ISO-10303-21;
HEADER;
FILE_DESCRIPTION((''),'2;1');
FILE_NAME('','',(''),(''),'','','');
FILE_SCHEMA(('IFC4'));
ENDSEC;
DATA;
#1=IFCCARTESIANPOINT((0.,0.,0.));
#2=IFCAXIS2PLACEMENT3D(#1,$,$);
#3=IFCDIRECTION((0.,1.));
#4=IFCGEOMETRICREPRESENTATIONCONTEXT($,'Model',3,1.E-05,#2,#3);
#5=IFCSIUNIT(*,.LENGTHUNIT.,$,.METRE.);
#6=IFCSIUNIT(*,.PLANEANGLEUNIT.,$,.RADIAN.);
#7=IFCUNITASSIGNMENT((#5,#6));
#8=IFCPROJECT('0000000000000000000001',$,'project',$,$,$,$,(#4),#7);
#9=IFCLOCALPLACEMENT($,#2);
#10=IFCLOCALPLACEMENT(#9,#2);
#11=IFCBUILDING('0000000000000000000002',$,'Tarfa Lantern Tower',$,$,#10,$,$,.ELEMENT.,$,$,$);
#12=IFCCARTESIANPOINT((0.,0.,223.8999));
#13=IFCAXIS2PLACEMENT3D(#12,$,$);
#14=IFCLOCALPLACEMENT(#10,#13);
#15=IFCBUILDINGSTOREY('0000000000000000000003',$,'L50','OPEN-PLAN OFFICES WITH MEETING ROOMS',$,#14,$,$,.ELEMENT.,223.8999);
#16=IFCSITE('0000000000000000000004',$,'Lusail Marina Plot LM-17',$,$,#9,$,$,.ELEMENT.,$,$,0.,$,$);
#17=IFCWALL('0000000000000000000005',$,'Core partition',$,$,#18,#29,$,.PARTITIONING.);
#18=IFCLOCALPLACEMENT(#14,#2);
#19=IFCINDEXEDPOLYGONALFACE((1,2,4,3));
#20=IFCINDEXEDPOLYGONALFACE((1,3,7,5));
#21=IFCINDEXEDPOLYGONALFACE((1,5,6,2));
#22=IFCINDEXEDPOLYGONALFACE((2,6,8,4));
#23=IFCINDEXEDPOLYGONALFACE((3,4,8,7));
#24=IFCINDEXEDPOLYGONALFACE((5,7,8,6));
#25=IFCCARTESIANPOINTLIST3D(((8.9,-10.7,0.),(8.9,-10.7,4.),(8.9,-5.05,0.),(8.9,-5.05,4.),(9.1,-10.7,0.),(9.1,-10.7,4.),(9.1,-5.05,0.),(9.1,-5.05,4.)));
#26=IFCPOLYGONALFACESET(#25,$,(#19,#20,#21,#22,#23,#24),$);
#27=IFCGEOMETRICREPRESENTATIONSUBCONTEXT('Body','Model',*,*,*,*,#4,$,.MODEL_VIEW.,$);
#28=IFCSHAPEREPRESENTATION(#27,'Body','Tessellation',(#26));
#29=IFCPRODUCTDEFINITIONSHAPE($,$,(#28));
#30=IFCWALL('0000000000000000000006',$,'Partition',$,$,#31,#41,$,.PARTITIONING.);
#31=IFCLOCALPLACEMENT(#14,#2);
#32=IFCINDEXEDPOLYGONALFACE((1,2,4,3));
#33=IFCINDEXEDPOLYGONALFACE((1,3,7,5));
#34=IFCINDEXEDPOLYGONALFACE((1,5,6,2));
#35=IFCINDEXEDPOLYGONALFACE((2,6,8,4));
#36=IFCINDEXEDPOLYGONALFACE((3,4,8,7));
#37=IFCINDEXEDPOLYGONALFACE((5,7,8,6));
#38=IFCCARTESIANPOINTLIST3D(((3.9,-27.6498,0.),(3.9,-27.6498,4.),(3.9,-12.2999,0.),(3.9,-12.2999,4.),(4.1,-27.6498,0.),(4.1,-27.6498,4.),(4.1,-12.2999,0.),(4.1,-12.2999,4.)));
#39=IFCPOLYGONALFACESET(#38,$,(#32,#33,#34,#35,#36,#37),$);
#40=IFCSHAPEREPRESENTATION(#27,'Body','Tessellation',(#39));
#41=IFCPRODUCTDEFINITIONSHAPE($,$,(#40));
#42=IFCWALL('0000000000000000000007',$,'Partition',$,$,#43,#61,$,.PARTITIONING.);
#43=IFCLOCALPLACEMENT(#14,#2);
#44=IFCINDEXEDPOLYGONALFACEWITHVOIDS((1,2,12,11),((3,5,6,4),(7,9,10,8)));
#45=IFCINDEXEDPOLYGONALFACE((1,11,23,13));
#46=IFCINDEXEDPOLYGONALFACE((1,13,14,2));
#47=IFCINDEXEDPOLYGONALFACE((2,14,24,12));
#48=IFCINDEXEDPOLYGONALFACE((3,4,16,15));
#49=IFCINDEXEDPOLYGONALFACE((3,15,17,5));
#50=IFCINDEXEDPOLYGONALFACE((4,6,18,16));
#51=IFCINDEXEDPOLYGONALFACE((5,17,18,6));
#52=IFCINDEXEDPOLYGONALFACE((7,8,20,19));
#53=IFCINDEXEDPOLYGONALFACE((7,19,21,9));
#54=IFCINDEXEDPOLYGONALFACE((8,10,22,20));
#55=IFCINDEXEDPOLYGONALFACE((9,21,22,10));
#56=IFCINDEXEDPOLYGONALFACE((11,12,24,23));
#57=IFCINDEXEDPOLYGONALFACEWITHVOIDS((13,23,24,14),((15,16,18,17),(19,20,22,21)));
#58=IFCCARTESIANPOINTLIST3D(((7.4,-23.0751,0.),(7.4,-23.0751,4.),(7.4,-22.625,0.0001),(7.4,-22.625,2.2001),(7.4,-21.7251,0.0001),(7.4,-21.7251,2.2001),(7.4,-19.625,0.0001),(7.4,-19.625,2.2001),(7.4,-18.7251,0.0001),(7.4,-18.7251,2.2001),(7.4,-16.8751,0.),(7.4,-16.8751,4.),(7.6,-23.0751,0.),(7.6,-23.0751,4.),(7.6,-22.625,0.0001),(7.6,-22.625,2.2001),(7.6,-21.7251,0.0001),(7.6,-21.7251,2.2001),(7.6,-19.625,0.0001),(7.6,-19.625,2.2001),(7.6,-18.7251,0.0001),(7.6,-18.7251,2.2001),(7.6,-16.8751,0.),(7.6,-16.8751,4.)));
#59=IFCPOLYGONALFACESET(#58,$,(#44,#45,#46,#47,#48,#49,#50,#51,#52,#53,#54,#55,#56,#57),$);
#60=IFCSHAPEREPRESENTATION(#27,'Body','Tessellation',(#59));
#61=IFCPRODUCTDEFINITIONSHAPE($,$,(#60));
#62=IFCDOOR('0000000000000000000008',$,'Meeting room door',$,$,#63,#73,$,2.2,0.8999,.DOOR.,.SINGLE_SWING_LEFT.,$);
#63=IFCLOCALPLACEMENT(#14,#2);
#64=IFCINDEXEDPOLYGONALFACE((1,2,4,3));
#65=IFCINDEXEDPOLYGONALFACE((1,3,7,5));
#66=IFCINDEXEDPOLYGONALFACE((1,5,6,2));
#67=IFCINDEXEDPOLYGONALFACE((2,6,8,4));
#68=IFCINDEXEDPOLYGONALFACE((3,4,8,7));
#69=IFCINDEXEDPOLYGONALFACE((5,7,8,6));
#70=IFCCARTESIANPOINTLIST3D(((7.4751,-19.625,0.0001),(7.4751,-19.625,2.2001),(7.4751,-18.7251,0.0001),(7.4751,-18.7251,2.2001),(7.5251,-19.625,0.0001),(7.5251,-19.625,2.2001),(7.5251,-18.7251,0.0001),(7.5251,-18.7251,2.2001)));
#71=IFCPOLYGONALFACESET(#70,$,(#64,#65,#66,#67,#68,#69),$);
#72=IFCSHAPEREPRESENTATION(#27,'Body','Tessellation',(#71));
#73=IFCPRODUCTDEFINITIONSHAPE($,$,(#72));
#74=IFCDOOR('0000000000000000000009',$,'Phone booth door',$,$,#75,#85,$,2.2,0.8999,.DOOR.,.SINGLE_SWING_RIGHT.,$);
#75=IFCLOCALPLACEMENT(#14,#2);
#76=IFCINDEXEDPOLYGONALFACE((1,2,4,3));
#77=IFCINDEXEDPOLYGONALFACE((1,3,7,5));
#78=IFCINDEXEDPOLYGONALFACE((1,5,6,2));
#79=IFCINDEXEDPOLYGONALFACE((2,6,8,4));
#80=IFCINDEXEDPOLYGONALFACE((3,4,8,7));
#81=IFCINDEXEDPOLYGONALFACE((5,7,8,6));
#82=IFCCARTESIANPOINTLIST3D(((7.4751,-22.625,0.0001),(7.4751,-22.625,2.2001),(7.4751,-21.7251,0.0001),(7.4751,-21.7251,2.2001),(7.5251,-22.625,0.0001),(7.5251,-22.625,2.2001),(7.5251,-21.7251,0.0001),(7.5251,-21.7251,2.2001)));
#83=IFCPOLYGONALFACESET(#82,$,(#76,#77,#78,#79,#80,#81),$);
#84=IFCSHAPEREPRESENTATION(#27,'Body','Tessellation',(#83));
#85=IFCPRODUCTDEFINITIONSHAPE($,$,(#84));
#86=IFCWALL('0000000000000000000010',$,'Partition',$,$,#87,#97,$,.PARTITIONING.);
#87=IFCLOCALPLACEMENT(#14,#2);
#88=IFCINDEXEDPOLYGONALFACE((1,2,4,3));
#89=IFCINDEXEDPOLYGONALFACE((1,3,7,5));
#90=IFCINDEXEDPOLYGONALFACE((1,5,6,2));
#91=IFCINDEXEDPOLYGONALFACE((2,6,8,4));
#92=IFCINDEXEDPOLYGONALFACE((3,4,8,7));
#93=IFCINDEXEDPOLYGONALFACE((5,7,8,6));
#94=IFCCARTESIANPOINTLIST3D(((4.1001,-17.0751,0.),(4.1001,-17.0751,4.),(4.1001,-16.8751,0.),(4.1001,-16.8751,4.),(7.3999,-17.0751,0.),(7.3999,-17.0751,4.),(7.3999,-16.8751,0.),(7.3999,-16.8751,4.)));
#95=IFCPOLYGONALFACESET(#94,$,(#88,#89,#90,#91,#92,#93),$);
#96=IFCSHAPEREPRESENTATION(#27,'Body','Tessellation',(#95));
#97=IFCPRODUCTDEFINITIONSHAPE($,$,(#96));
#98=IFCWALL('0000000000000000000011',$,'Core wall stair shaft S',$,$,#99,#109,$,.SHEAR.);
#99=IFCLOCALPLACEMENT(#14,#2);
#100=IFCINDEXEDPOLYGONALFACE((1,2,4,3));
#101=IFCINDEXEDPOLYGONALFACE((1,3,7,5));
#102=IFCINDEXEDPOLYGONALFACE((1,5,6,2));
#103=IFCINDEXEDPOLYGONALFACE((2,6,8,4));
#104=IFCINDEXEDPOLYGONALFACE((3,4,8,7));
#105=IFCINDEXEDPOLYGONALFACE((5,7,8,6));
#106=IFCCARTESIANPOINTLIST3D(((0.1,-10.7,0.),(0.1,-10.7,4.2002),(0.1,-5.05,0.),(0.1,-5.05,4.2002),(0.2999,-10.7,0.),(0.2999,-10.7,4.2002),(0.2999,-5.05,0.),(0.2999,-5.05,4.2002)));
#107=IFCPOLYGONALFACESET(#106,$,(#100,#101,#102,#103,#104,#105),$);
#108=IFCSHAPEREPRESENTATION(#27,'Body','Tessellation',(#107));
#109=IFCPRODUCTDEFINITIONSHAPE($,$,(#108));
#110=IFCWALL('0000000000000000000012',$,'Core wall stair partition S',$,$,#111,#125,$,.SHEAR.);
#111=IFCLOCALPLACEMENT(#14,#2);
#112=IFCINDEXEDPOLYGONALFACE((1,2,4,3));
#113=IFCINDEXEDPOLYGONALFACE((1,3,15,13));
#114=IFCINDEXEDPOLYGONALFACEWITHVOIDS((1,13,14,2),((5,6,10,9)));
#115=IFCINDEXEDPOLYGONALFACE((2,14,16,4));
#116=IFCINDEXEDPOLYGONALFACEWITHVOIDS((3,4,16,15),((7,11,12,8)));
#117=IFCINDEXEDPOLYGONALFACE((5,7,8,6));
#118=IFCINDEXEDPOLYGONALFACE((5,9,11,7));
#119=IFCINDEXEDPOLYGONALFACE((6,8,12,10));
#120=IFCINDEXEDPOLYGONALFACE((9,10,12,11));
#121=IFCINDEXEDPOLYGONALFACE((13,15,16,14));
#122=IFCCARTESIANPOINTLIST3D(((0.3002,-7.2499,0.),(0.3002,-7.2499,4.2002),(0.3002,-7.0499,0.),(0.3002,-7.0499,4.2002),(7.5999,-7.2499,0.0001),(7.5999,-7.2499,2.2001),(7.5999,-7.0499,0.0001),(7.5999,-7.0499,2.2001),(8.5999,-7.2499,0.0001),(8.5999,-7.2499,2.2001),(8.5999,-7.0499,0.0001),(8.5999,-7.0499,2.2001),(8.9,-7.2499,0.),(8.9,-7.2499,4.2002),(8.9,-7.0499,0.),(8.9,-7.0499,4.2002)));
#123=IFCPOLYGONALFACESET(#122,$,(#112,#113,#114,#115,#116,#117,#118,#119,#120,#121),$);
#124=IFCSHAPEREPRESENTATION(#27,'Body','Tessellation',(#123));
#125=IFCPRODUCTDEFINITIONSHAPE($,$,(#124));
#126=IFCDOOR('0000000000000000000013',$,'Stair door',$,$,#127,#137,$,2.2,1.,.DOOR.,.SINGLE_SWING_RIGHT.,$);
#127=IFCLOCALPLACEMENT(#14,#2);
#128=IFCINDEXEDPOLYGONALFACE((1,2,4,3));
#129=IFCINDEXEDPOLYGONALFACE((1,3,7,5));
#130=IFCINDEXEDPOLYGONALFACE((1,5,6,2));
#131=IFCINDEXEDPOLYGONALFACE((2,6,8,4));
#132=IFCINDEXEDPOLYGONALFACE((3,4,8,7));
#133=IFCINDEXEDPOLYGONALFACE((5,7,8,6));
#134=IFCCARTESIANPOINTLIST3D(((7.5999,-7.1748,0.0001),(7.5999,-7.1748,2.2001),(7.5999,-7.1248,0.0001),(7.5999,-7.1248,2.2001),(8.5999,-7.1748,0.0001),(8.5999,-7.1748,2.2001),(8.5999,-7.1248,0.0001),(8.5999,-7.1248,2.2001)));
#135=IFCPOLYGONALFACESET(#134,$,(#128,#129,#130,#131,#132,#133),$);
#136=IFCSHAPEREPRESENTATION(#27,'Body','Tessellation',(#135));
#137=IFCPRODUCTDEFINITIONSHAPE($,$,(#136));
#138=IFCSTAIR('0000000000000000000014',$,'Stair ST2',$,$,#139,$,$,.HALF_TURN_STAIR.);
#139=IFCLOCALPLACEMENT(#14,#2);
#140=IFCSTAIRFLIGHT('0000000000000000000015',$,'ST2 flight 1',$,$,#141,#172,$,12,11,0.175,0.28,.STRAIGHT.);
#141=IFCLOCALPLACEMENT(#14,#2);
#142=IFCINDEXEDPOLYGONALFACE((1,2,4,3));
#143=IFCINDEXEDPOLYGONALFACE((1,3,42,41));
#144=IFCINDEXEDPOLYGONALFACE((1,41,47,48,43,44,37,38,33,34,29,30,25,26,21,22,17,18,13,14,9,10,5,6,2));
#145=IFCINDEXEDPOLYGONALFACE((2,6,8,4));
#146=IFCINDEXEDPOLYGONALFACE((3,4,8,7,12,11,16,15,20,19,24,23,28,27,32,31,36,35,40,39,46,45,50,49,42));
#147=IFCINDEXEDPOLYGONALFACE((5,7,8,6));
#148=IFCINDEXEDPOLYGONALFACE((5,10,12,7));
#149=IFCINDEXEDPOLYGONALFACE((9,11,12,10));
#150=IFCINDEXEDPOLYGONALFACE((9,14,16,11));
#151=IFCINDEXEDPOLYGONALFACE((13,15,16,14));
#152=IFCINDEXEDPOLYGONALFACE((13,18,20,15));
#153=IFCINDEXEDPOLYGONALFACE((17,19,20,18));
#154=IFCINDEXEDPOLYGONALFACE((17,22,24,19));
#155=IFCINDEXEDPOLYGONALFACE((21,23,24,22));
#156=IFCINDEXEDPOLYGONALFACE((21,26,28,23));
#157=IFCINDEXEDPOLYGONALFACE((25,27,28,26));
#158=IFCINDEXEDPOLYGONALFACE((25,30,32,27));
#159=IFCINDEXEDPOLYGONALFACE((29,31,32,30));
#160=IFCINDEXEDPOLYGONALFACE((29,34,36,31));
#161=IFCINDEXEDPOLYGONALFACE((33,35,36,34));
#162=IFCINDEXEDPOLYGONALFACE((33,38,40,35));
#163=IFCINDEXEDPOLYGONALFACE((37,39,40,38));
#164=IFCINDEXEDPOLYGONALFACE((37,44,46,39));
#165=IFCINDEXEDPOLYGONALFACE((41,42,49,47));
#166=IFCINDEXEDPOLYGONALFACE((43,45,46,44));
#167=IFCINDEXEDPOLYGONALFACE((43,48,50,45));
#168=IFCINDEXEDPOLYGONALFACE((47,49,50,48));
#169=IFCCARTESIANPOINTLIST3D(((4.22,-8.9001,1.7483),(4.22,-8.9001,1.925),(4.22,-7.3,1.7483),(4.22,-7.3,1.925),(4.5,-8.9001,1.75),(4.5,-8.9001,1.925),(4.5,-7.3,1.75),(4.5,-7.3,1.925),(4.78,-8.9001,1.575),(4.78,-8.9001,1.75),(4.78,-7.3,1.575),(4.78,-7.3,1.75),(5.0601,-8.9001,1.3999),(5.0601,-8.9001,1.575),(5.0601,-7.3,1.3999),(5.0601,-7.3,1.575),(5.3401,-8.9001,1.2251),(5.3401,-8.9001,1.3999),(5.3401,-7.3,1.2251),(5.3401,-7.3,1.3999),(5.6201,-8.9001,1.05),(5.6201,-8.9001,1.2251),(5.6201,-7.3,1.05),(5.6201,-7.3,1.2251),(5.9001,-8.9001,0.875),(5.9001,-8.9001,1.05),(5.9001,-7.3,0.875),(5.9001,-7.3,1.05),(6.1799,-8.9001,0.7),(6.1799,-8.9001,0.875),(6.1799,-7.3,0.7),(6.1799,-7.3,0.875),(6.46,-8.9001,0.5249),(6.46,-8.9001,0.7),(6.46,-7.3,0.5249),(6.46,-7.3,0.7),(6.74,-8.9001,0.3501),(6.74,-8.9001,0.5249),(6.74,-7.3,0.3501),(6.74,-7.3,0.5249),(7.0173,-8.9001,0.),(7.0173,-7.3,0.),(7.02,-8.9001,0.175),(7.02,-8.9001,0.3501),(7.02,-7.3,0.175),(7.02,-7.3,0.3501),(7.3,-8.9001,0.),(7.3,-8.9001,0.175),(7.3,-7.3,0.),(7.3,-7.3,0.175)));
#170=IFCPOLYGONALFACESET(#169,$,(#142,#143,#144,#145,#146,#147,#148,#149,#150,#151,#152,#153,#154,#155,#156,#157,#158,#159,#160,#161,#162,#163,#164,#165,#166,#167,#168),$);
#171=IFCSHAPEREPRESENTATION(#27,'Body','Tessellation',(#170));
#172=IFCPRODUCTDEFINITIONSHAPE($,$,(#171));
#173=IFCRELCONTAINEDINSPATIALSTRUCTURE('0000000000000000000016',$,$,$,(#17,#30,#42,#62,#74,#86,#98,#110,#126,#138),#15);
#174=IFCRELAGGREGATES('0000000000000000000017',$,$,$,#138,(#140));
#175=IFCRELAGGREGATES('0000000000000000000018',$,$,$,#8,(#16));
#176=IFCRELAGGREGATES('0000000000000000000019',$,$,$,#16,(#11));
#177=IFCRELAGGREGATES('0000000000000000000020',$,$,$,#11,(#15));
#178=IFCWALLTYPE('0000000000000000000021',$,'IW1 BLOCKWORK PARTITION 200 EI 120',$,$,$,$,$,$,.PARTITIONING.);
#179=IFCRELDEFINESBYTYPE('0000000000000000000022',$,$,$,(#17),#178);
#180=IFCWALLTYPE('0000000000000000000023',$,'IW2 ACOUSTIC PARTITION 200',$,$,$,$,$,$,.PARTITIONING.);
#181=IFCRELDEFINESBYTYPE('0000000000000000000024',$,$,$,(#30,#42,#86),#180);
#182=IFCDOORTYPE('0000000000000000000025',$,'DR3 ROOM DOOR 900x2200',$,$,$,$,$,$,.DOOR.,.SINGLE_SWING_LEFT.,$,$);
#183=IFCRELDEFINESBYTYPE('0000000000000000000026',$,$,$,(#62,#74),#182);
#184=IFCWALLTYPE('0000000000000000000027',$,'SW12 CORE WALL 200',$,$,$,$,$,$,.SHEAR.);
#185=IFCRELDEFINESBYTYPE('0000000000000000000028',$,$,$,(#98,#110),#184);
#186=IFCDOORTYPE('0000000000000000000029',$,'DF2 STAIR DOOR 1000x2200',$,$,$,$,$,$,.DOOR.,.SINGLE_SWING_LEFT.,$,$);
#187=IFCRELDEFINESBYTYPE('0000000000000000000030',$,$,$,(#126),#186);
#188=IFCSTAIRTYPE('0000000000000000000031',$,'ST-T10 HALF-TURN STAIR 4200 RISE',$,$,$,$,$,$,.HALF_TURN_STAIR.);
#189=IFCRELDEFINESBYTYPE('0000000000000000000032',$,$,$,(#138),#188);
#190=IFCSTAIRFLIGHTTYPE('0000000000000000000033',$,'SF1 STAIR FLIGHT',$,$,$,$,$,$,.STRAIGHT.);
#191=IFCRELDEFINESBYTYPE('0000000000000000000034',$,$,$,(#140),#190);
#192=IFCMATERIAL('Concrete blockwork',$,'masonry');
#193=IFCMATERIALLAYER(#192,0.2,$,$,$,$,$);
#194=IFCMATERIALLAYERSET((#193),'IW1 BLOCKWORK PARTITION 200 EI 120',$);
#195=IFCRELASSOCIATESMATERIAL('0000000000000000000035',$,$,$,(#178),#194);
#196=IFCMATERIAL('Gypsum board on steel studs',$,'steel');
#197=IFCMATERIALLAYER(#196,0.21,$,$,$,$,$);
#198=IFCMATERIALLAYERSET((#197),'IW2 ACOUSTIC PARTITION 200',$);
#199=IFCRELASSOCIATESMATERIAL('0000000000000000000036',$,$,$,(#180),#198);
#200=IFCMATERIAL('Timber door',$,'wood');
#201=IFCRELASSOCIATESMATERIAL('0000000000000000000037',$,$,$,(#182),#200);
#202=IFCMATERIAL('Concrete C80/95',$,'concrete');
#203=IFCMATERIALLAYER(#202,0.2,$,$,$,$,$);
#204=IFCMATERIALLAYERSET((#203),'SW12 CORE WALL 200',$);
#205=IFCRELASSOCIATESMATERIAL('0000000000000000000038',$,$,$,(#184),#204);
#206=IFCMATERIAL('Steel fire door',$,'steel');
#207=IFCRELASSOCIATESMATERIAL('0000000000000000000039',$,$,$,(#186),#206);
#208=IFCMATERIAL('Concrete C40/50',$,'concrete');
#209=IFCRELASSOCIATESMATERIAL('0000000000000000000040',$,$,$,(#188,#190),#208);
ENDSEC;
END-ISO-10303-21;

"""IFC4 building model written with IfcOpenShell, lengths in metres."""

from ifc_helpers import new_model, si_unit, direction, frame, frame_2d, origin, place, context, subcontext, project, spatial, polyline, rectangle, outline, extrude, material, layer, layer_set, type_object, element, fill, aggregate, save


model = new_model("IFC4")

# Units and contexts
model_context = context("Model", 3, precision=1e-05, world=origin(), true_north=direction((0.0, 1.0)))
body_context = subcontext(model_context, "Body", "Model", "MODEL_VIEW")
ifc_project = project(units=[si_unit("LENGTHUNIT", "METRE"), si_unit("PLANEANGLEUNIT", "RADIAN")], contexts=[model_context])

# Site, building, storey
site_placement = place(None, origin())
site = spatial("IfcSite", under=ifc_project, at=site_placement, Name="Lusail Marina Plot LM-17", CompositionType="ELEMENT", RefElevation=0.0)
building_placement = place(site_placement, origin())
building = spatial("IfcBuilding", under=site, at=building_placement, Name="Tarfa Lantern Tower", CompositionType="ELEMENT")
storey_placement = place(building_placement, frame((0.0, 0.0, 223.8999)))
storey = spatial("IfcBuildingStorey", under=building, at=storey_placement, Name="L50", Description="OPEN-PLAN OFFICES WITH MEETING ROOMS", CompositionType="ELEMENT", Elevation=223.8999)

# Walls
ifc_material_1 = material(Name="Concrete blockwork", Category="masonry")
ifc_layer_1 = layer(ifc_material_1, 0.2)
ifc_layer_set_1 = layer_set([ifc_layer_1], Name="IW1 BLOCKWORK PARTITION 200 EI 120")
wall_type_1 = type_object("IfcWallType", Name="IW1 BLOCKWORK PARTITION 200 EI 120", PredefinedType="PARTITIONING", material=ifc_layer_set_1)
wall_1_placement = place(storey_placement, frame((9.0, -5.05, 0.0), z_axis=(0.0, 0.0, 1.0), x_axis=(0.0, -1.0, 0.0)))
element("IfcWall", 1, at=wall_1_placement, inside=storey, type_object=wall_type_1, Name="Core partition", PredefinedType="PARTITIONING", context=body_context, shape_type="SweptSolid", body=[
    extrude(rectangle(XDim=5.6499, YDim=0.2, at=frame_2d((2.825, 0.0))), origin(), (0.0, 0.0, 1.0), 4.0),
])
ifc_material_2 = material(Name="Gypsum board on steel studs", Category="steel")
ifc_layer_2 = layer(ifc_material_2, 0.21)
ifc_layer_set_2 = layer_set([ifc_layer_2], Name="IW2 ACOUSTIC PARTITION 200")
wall_type_2 = type_object("IfcWallType", Name="IW2 ACOUSTIC PARTITION 200", PredefinedType="PARTITIONING", material=ifc_layer_set_2)
wall_2_placement = place(storey_placement, frame((4.0, -12.3, 0.0), z_axis=(0.0, 0.0, 1.0), x_axis=(0.0, -1.0, 0.0)))
element("IfcWall", 2, at=wall_2_placement, inside=storey, type_object=wall_type_2, Name="Partition", PredefinedType="PARTITIONING", context=body_context, shape_type="SweptSolid", body=[
    extrude(rectangle(XDim=15.3499, YDim=0.2, at=frame_2d((7.6748, 0.0))), origin(), (0.0, 0.0, 1.0), 4.0),
])

# Wall, openings, doors
wall_3_placement = place(storey_placement, frame((7.5, -16.875, 0.0), z_axis=(0.0, 0.0, 1.0), x_axis=(0.0, -1.0, 0.0)))
wall_3 = element("IfcWall", 3, at=wall_3_placement, inside=storey, type_object=wall_type_2, Name="Partition", PredefinedType="PARTITIONING", context=body_context, shape_type="SweptSolid", body=[
    extrude(rectangle(XDim=6.2, YDim=0.2, at=frame_2d((3.1001, 0.0))), origin(), (0.0, 0.0, 1.0), 4.0),
])
opening_1_placement = place(wall_3_placement, frame((1.8501, 0.0, 0.0)))
opening_1 = element("IfcOpeningElement", 4, at=opening_1_placement, cuts=wall_3, PredefinedType="OPENING", context=body_context, shape_type="SweptSolid", body=[
    extrude(rectangle(XDim=0.8999, YDim=2.2, at=frame_2d((0.45, 1.1001))), frame((0.0, 0.1099, 0.0), z_axis=(0.0, -1.0, 0.0), x_axis=(1.0, 0.0, 0.0)), (0.0, 0.0, 1.0), 0.22),
])
opening_2_placement = place(wall_3_placement, frame((4.8501, 0.0, 0.0)))
opening_2 = element("IfcOpeningElement", 5, at=opening_2_placement, cuts=wall_3, PredefinedType="OPENING", context=body_context, shape_type="SweptSolid", body=[
    extrude(rectangle(XDim=0.8999, YDim=2.2, at=frame_2d((0.45, 1.1001))), frame((0.0, 0.1099, 0.0), z_axis=(0.0, -1.0, 0.0), x_axis=(1.0, 0.0, 0.0)), (0.0, 0.0, 1.0), 0.22),
])
ifc_material_3 = material(Name="Timber door", Category="wood")
door_type_1 = type_object("IfcDoorType", Name="DR3 ROOM DOOR 900x2200", OperationType="SINGLE_SWING_LEFT", PredefinedType="DOOR", material=ifc_material_3)
door_1_placement = place(opening_1_placement, frame((0.8999, 0.0, 0.0), z_axis=(0.0, 0.0, 1.0), x_axis=(-1.0, 0.0, 0.0)))
door_1 = element("IfcDoor", 6, at=door_1_placement, inside=storey, type_object=door_type_1, Name="Meeting room door", OperationType="SINGLE_SWING_LEFT", OverallHeight=2.2, OverallWidth=0.8999, PredefinedType="DOOR", context=body_context, shape_type="SweptSolid", body=[
    extrude(rectangle(XDim=0.8999, YDim=2.2, at=frame_2d((0.45, 1.1001))), frame((0.0, 0.0249, 0.0), z_axis=(0.0, -1.0, 0.0), x_axis=(1.0, 0.0, 0.0)), (0.0, 0.0, 1.0), 0.05),
])
fill(opening_1, door_1)
door_2_placement = place(opening_2_placement, frame((0.8999, 0.0, 0.0), z_axis=(0.0, 0.0, 1.0), x_axis=(-1.0, 0.0, 0.0)))
door_2 = element("IfcDoor", 7, at=door_2_placement, inside=storey, type_object=door_type_1, Name="Phone booth door", OperationType="SINGLE_SWING_RIGHT", OverallHeight=2.2, OverallWidth=0.8999, PredefinedType="DOOR", context=body_context, shape_type="SweptSolid", body=[
    extrude(rectangle(XDim=0.8999, YDim=2.2, at=frame_2d((0.45, 1.1001))), frame((0.0, 0.0249, 0.0), z_axis=(0.0, -1.0, 0.0), x_axis=(1.0, 0.0, 0.0)), (0.0, 0.0, 1.0), 0.05),
])
fill(opening_2, door_2)

# Walls
wall_4_placement = place(storey_placement, frame((4.1001, -16.9751, 0.0), z_axis=(0.0, 0.0, 1.0), x_axis=(1.0, 0.0, 0.0)))
element("IfcWall", 8, at=wall_4_placement, inside=storey, type_object=wall_type_2, Name="Partition", PredefinedType="PARTITIONING", context=body_context, shape_type="SweptSolid", body=[
    extrude(rectangle(XDim=3.2998, YDim=0.2, at=frame_2d((1.6499, 0.0))), origin(), (0.0, 0.0, 1.0), 4.0),
])
ifc_material_4 = material(Name="Concrete C80/95", Category="concrete")
ifc_layer_3 = layer(ifc_material_4, 0.2)
ifc_layer_set_3 = layer_set([ifc_layer_3], Name="SW12 CORE WALL 200")
wall_type_3 = type_object("IfcWallType", Name="SW12 CORE WALL 200", PredefinedType="SHEAR", material=ifc_layer_set_3)
wall_5_placement = place(storey_placement, frame((0.2, -5.05, 0.0), z_axis=(0.0, 0.0, 1.0), x_axis=(0.0, -1.0, 0.0)))
element("IfcWall", 9, at=wall_5_placement, inside=storey, type_object=wall_type_3, Name="Core wall stair shaft S", PredefinedType="SHEAR", context=body_context, shape_type="SweptSolid", body=[
    extrude(rectangle(XDim=5.6499, YDim=0.2, at=frame_2d((2.825, 0.0))), origin(), (0.0, 0.0, 1.0), 4.2002),
])

# Wall, opening, door
wall_6_placement = place(storey_placement, frame((8.8999, -7.1499, 0.0), z_axis=(0.0, 0.0, 1.0), x_axis=(-1.0, 0.0, 0.0)))
wall_6 = element("IfcWall", 10, at=wall_6_placement, inside=storey, type_object=wall_type_3, Name="Core wall stair partition S", PredefinedType="SHEAR", context=body_context, shape_type="SweptSolid", body=[
    extrude(rectangle(XDim=8.5999, YDim=0.2, at=frame_2d((4.2998, 0.0))), origin(), (0.0, 0.0, 1.0), 4.2002),
])
opening_3_placement = place(wall_6_placement, frame((0.3, 0.0, 0.0)))
opening_3 = element("IfcOpeningElement", 11, at=opening_3_placement, cuts=wall_6, PredefinedType="OPENING", context=body_context, shape_type="SweptSolid", body=[
    extrude(rectangle(XDim=1.0, YDim=2.2, at=frame_2d((0.5, 1.1001))), frame((0.0, 0.1099, 0.0), z_axis=(0.0, -1.0, 0.0), x_axis=(1.0, 0.0, 0.0)), (0.0, 0.0, 1.0), 0.22),
])
ifc_material_5 = material(Name="Steel fire door", Category="steel")
door_type_2 = type_object("IfcDoorType", Name="DF2 STAIR DOOR 1000x2200", OperationType="SINGLE_SWING_LEFT", PredefinedType="DOOR", material=ifc_material_5)
door_3_placement = place(opening_3_placement, origin())
door_3 = element("IfcDoor", 12, at=door_3_placement, inside=storey, type_object=door_type_2, Name="Stair door", OperationType="SINGLE_SWING_RIGHT", OverallHeight=2.2, OverallWidth=1.0, PredefinedType="DOOR", context=body_context, shape_type="SweptSolid", body=[
    extrude(rectangle(XDim=1.0, YDim=2.2, at=frame_2d((0.5, 1.1001))), frame((0.0, 0.0249, 0.0), z_axis=(0.0, -1.0, 0.0), x_axis=(1.0, 0.0, 0.0)), (0.0, 0.0, 1.0), 0.05),
])
fill(opening_3, door_3)

# Stair, stair flight
ifc_material_6 = material(Name="Concrete C40/50", Category="concrete")
stair_type = type_object("IfcStairType", Name="ST-T10 HALF-TURN STAIR 4200 RISE", PredefinedType="HALF_TURN_STAIR", material=ifc_material_6)
stair_placement = place(storey_placement, origin())
stair = element("IfcStair", 13, at=stair_placement, inside=storey, type_object=stair_type, Name="Stair ST2", PredefinedType="HALF_TURN_STAIR")
stair_flight_type = type_object("IfcStairFlightType", Name="SF1 STAIR FLIGHT", PredefinedType="STRAIGHT", material=ifc_material_6)
stair_flight_1_placement = place(storey_placement, frame((7.3, -8.1001, 0.0), z_axis=(0.0, 0.0, 1.0), x_axis=(-1.0, 0.0, 0.0)))
stair_flight_1 = element("IfcStairFlight", 14, at=stair_flight_1_placement, type_object=stair_flight_type, Name="ST2 flight 1", NumberOfRisers=12, NumberOfTreads=11, PredefinedType="STRAIGHT", RiserHeight=0.175, TreadLength=0.28, context=body_context, shape_type="SweptSolid", body=[
    extrude(outline(polyline([(0.0, 0.0), (0.0, 0.175), (0.28, 0.175), (0.28, 0.3501), (0.5601, 0.3501), (0.5601, 0.5249), (0.8401, 0.5249), (0.8401, 0.7), (1.1201, 0.7), (1.1201, 0.875), (1.3999, 0.875), (1.3999, 1.05), (1.6799, 1.05), (1.6799, 1.2251), (1.96, 1.2251), (1.96, 1.3999), (2.24, 1.3999), (2.24, 1.575), (2.52, 1.575), (2.52, 1.75), (2.8, 1.75), (2.8, 1.925), (3.0801, 1.925), (3.0801, 2.1001), (3.0801, 1.7483), (0.2827, 0.0), (0.0, 0.0)])), frame((0.0, 0.8, 0.0), z_axis=(0.0, -1.0, 0.0), x_axis=(1.0, 0.0, 0.0)), (0.0, 0.0, 1.0), 1.6001),
])
aggregate(stair, [stair_flight_1])

save(model, "model.ifc")
